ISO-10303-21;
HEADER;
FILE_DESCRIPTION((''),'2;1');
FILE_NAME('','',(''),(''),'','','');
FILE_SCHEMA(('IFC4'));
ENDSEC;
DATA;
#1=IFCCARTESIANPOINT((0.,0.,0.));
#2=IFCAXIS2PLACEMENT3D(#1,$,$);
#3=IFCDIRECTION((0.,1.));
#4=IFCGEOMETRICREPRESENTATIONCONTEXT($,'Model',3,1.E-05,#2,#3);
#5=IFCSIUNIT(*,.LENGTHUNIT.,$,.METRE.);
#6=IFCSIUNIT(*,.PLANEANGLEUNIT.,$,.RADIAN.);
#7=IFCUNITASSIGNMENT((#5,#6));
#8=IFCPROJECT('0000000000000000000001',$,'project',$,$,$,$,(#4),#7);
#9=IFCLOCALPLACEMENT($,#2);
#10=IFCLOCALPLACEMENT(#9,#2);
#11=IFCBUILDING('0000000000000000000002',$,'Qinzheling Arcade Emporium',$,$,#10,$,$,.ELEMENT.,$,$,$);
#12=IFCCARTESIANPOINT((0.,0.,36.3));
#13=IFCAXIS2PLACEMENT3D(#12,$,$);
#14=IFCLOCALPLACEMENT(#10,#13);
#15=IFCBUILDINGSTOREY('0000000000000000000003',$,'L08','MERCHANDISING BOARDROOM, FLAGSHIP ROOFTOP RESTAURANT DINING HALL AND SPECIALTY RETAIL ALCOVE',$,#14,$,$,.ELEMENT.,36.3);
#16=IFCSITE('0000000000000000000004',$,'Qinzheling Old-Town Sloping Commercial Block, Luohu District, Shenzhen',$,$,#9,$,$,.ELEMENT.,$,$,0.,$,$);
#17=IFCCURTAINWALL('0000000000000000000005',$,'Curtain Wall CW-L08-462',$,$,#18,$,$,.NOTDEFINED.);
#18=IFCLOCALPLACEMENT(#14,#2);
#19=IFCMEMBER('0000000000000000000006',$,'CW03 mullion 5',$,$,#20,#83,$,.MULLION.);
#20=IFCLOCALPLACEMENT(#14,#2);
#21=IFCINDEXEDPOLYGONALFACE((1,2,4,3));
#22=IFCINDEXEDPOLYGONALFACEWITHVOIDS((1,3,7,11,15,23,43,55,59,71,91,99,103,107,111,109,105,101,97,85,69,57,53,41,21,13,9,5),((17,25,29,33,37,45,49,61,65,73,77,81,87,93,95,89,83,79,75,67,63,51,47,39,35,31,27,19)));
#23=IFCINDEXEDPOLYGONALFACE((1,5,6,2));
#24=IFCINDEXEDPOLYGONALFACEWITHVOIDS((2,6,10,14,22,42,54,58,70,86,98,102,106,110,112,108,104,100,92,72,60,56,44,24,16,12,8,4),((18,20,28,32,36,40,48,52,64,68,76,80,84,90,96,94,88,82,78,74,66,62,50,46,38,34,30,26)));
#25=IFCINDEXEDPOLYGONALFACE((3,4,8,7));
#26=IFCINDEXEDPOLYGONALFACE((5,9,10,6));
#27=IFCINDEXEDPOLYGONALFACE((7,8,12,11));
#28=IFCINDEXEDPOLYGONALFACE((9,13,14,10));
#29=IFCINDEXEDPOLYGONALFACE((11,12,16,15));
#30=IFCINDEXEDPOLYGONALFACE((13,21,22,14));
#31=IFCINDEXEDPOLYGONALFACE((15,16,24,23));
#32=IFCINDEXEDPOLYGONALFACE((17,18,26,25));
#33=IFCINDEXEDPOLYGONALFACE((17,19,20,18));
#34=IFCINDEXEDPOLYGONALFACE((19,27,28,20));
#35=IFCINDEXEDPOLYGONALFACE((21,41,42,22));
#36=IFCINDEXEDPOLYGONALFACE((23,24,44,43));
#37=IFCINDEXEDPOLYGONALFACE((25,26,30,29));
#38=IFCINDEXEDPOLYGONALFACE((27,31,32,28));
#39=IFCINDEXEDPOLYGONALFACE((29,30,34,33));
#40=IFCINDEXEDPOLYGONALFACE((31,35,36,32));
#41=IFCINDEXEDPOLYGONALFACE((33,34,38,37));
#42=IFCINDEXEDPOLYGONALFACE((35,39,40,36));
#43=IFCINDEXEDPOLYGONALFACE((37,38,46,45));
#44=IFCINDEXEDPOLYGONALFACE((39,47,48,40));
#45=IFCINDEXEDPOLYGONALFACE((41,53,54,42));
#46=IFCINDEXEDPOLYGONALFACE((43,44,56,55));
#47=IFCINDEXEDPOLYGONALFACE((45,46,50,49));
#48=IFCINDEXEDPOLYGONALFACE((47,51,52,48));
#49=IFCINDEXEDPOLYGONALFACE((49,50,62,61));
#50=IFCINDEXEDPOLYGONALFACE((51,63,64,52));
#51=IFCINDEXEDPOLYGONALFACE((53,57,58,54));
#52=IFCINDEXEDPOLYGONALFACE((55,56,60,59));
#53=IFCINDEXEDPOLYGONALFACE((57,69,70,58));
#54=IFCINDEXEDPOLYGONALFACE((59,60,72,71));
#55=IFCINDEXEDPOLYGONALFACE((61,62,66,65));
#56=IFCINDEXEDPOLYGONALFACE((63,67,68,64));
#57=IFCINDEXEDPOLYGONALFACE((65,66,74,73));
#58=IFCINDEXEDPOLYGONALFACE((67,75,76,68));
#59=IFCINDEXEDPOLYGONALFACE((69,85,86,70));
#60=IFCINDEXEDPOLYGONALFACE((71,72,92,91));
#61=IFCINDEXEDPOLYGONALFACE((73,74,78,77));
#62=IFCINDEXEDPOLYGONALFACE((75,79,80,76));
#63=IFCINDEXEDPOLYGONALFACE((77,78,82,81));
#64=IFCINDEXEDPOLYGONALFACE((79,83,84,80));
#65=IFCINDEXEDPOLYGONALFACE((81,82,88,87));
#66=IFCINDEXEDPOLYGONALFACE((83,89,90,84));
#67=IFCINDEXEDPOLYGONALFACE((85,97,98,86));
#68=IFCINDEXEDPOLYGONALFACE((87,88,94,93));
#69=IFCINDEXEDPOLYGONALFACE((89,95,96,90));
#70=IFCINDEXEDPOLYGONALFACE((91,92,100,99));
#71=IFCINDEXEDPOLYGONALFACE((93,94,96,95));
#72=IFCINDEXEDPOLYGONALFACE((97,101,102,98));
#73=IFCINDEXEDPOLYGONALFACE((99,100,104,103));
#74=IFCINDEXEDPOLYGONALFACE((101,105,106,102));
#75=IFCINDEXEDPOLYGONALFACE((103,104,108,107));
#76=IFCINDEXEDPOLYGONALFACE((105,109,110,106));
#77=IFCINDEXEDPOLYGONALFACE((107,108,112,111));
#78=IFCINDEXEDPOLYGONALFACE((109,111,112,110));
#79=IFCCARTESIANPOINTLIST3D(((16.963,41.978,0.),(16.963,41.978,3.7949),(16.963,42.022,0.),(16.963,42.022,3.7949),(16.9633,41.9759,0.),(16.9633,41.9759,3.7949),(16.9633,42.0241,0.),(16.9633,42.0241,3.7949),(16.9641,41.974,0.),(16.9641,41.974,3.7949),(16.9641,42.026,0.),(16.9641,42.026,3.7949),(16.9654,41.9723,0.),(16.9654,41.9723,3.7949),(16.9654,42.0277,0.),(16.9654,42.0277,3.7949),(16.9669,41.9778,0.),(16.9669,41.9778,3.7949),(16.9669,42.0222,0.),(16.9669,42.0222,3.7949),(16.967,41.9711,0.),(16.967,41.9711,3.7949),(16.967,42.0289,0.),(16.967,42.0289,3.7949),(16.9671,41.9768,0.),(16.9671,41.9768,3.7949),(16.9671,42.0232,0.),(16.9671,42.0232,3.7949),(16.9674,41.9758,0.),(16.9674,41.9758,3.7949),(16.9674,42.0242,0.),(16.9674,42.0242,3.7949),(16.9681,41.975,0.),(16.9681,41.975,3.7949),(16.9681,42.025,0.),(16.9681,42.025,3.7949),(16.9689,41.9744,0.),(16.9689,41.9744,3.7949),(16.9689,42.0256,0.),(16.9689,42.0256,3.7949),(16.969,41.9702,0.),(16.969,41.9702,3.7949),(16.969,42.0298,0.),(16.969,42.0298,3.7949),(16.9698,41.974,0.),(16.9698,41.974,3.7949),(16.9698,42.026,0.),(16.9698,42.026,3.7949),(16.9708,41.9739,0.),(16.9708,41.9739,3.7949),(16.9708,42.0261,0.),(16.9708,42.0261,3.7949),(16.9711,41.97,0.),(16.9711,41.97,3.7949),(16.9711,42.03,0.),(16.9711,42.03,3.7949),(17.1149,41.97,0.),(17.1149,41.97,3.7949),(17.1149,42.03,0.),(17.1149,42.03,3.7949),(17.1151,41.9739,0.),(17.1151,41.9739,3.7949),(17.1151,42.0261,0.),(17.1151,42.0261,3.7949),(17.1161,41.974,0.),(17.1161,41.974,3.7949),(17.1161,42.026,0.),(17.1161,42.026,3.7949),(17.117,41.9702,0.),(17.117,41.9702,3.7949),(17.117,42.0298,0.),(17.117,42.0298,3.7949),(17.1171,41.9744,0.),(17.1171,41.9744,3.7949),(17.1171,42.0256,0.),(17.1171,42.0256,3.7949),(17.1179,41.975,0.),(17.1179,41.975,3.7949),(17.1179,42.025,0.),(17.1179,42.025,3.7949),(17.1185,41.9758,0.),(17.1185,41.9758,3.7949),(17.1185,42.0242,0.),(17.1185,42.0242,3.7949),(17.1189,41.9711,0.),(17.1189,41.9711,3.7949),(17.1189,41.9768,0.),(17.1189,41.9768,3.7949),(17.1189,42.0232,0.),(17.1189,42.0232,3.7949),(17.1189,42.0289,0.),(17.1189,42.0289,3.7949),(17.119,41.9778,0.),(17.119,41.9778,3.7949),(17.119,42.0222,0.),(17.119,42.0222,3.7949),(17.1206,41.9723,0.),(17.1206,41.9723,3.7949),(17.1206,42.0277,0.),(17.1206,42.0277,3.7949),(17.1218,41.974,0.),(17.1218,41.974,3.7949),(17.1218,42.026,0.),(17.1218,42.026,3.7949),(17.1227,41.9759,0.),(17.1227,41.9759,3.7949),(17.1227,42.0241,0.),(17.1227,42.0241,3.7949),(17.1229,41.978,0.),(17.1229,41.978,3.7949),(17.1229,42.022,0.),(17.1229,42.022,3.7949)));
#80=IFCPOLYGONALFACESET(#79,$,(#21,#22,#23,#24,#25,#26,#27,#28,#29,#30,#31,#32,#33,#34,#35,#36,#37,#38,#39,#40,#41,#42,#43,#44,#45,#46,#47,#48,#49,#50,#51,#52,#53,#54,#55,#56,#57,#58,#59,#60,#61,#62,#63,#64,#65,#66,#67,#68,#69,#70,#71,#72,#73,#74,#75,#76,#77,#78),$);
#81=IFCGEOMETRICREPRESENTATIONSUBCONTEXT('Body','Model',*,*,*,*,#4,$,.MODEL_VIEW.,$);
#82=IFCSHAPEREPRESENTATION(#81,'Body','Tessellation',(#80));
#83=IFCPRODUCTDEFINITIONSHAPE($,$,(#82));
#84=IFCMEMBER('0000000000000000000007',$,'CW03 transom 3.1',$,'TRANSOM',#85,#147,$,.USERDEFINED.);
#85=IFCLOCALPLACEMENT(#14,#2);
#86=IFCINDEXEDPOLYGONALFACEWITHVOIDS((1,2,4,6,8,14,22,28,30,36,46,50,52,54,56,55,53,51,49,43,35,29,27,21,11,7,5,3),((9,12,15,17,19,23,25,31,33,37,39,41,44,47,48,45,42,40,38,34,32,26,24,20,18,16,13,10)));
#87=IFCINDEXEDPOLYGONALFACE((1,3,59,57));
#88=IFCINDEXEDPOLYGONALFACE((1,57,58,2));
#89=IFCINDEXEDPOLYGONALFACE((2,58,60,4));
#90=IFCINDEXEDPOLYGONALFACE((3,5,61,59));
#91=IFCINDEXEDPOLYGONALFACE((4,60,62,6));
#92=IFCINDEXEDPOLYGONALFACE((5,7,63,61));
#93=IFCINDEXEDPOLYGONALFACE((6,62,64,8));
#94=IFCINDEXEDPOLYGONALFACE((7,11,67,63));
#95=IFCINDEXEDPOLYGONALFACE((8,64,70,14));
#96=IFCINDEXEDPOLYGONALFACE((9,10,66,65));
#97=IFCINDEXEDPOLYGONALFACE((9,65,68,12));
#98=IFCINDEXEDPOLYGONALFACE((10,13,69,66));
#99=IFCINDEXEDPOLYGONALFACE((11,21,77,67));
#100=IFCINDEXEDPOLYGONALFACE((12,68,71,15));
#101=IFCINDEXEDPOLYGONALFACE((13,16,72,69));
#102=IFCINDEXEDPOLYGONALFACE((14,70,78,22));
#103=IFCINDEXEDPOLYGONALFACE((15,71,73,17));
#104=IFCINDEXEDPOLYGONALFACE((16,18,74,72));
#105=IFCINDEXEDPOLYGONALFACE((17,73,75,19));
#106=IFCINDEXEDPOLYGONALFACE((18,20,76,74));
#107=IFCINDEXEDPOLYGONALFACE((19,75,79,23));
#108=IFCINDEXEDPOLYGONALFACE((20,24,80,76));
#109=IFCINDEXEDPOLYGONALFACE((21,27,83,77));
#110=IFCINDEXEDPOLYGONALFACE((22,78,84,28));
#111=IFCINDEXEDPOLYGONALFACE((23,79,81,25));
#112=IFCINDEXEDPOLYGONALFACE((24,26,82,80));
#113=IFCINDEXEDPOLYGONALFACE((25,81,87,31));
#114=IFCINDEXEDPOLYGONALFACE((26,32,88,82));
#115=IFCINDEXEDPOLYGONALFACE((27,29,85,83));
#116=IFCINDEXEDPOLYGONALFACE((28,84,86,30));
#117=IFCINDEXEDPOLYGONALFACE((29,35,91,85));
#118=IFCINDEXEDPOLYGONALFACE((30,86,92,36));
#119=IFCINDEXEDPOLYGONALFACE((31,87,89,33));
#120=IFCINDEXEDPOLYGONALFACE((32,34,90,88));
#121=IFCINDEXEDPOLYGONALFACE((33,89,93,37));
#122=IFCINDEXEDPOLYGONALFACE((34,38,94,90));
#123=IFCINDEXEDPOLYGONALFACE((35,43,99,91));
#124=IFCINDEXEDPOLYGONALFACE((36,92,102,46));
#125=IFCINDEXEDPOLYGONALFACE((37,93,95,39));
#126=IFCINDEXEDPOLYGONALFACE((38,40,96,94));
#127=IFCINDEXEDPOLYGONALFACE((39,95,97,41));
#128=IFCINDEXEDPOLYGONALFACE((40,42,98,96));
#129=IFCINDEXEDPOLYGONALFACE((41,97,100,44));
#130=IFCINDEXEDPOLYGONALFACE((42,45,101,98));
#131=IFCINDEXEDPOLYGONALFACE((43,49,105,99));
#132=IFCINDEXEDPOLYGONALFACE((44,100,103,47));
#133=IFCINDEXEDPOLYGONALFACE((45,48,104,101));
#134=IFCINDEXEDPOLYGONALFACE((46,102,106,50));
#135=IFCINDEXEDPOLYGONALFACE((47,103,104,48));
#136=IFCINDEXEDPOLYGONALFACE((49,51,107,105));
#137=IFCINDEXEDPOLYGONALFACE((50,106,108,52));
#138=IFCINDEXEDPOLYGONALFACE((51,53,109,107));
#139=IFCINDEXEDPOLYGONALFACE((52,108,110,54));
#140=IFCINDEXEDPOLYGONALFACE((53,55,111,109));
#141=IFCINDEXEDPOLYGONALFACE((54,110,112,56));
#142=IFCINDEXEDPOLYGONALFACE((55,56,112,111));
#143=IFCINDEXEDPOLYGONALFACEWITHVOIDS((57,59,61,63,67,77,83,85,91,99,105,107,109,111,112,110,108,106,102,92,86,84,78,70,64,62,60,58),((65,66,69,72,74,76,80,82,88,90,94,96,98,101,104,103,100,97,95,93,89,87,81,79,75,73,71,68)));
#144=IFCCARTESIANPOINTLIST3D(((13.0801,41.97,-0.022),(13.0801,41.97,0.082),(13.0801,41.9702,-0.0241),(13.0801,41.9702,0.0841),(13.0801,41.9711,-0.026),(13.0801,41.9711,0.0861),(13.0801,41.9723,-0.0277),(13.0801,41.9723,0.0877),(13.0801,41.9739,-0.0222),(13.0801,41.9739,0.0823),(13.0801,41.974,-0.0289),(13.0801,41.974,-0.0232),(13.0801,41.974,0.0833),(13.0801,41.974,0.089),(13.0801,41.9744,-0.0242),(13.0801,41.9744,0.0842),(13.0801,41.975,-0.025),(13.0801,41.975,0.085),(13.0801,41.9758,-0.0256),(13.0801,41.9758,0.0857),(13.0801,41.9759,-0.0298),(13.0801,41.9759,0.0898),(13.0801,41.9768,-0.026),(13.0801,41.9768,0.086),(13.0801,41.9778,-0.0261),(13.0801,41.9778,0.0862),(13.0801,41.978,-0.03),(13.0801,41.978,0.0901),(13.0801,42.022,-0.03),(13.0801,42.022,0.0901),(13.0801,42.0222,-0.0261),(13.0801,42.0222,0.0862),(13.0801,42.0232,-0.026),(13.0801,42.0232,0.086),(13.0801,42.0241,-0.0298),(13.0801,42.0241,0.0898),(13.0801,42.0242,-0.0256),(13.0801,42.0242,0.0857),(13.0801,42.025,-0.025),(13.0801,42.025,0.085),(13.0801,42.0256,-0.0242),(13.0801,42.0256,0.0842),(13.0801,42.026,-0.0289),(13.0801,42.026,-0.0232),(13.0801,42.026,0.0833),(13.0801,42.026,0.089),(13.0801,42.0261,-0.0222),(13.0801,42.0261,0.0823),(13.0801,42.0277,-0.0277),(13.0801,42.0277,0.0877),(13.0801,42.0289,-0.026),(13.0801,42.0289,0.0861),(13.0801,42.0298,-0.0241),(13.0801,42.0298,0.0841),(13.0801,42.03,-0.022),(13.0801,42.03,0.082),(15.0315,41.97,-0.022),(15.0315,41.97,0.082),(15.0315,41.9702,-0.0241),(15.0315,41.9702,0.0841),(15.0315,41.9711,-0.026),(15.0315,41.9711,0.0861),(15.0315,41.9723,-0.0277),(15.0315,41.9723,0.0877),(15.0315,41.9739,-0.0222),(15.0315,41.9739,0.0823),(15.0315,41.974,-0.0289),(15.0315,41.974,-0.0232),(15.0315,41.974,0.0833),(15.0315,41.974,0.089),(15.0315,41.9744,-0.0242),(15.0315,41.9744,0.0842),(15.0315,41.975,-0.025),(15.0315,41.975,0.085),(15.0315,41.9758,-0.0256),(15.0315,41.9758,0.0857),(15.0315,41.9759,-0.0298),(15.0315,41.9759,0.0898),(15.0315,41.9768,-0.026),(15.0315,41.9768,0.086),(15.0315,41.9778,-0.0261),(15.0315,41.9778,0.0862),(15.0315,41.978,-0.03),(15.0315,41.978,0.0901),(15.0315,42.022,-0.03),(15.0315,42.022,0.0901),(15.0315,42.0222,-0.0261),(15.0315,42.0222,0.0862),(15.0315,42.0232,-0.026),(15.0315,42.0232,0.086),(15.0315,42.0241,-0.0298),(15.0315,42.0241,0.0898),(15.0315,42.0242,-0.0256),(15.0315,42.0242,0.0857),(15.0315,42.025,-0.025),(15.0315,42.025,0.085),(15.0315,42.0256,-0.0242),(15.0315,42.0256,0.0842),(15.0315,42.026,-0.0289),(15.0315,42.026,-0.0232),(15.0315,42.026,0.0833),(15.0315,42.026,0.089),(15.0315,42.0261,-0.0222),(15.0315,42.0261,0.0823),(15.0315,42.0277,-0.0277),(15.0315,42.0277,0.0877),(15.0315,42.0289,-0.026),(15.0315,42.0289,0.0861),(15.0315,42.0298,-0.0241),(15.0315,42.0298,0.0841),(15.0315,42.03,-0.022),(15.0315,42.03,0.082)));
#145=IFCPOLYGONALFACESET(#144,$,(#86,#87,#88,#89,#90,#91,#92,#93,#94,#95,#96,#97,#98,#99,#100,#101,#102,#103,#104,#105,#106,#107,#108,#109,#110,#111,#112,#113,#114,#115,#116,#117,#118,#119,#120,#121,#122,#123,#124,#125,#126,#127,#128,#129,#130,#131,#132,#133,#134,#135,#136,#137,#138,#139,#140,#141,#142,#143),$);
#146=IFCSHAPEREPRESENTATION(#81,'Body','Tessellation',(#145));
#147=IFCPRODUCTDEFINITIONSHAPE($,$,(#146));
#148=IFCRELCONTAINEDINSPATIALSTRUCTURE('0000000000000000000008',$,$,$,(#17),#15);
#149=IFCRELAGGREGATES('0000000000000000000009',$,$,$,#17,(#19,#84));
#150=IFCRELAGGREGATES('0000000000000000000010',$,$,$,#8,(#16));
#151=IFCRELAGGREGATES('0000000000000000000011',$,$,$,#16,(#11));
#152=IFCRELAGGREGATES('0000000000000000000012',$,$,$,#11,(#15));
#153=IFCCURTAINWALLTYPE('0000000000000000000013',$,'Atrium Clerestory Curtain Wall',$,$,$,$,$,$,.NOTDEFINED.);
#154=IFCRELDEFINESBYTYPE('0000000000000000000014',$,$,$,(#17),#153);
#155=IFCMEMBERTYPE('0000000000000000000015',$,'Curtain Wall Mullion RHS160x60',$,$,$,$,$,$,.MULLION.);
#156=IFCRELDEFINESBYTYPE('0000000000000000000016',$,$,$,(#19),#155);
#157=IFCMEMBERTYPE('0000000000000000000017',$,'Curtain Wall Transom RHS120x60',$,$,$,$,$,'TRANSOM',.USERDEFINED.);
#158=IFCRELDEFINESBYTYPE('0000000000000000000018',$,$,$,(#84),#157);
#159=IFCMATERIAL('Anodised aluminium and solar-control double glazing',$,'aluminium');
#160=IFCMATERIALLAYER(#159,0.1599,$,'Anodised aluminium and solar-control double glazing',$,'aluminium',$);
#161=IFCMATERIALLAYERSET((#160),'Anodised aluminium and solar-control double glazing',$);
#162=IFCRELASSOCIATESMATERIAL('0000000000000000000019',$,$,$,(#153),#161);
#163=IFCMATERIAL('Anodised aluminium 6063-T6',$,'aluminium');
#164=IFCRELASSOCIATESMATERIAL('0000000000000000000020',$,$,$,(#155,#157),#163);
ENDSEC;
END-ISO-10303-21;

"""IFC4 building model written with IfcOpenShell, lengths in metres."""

from ifc_helpers import new_model, si_unit, direction, frame, origin, origin_2d, place, context, subcontext, project, spatial, hollow_rectangle, extrude, material, layer, layer_set, material_profile, profile_set, type_object, element, aggregate, save


model = new_model("IFC4")

# Units and contexts
model_context = context("Model", 3, precision=1e-05, world=origin(), true_north=direction((0.0, 1.0)))
body_context = subcontext(model_context, "Body", "Model", "MODEL_VIEW")
ifc_project = project(units=[si_unit("LENGTHUNIT", "METRE"), si_unit("PLANEANGLEUNIT", "RADIAN")], contexts=[model_context])

# Site, building, storey
site_placement = place(None, origin())
site = spatial("IfcSite", under=ifc_project, at=site_placement, Name="Qinzheling Old-Town Sloping Commercial Block, Luohu District, Shenzhen", CompositionType="ELEMENT", RefElevation=0.0)
building_placement = place(site_placement, origin())
building = spatial("IfcBuilding", under=site, at=building_placement, Name="Qinzheling Arcade Emporium", CompositionType="ELEMENT")
storey_placement = place(building_placement, frame((0.0, 0.0, 36.3)))
storey = spatial("IfcBuildingStorey", under=building, at=storey_placement, Name="L08", Description="MERCHANDISING BOARDROOM, FLAGSHIP ROOFTOP RESTAURANT DINING HALL AND SPECIALTY RETAIL ALCOVE", CompositionType="ELEMENT", Elevation=36.3)

# Curtain wall, members
ifc_material_1 = material(Name="Anodised aluminium and solar-control double glazing", Category="aluminium")
ifc_layer_1 = layer(ifc_material_1, 0.1599, Name="Anodised aluminium and solar-control double glazing", Category="aluminium")
ifc_layer_set_1 = layer_set([ifc_layer_1], Name="Anodised aluminium and solar-control double glazing")
curtain_wall_type = type_object("IfcCurtainWallType", Name="Atrium Clerestory Curtain Wall", PredefinedType="NOTDEFINED", material=ifc_layer_set_1)
curtain_wall_placement = place(storey_placement, origin())
curtain_wall = element("IfcCurtainWall", 1, at=curtain_wall_placement, inside=storey, type_object=curtain_wall_type, Name="Curtain Wall CW-L08-462", PredefinedType="NOTDEFINED")
ifc_material_2 = material(Name="Anodised aluminium 6063-T6", Category="aluminium")
ifc_material_profile_1 = material_profile(ifc_material_2, hollow_rectangle(XDim=0.0601, YDim=0.1599, WallThickness=0.0039, InnerFilletRadius=0.0039, OuterFilletRadius=0.0081, at=origin_2d()), Name="RHS 160x60x4", Category="aluminium")
ifc_profile_set_1 = profile_set([ifc_material_profile_1], Name="Anodised aluminium 6063-T6")
member_type_1 = type_object("IfcMemberType", Name="Curtain Wall Mullion RHS160x60", PredefinedType="MULLION", material=ifc_profile_set_1)
member_1_placement = place(storey_placement, frame((17.043, 42.0, 0.0), z_axis=(0.0, 0.0, 1.0), x_axis=(0.0, 1.0, 0.0)))
member_1 = element("IfcMember", 2, at=member_1_placement, type_object=member_type_1, Name="CW03 mullion 5", PredefinedType="MULLION", context=body_context, shape_type="SweptSolid", body=[
    extrude(hollow_rectangle(XDim=0.0601, YDim=0.1599, WallThickness=0.0039, InnerFilletRadius=0.0039, OuterFilletRadius=0.0081, at=origin_2d()), origin(), (0.0, 0.0, 1.0), 3.7949),
])
ifc_material_profile_2 = material_profile(ifc_material_2, hollow_rectangle(XDim=0.0601, YDim=0.1201, WallThickness=0.0039, InnerFilletRadius=0.0039, OuterFilletRadius=0.0081, at=origin_2d()), Name="RHS 120x60x4", Category="aluminium")
ifc_profile_set_2 = profile_set([ifc_material_profile_2], Name="Anodised aluminium 6063-T6")
member_type_2 = type_object("IfcMemberType", Name="Curtain Wall Transom RHS120x60", ElementType="TRANSOM", PredefinedType="USERDEFINED", material=ifc_profile_set_2)
member_2_placement = place(storey_placement, frame((13.0801, 42.0, 0.03), z_axis=(1.0, 0.0, 0.0), x_axis=(0.0, 1.0, 0.0)))
member_2 = element("IfcMember", 3, at=member_2_placement, type_object=member_type_2, Name="CW03 transom 3.1", ObjectType="TRANSOM", PredefinedType="USERDEFINED", context=body_context, shape_type="SweptSolid", body=[
    extrude(hollow_rectangle(XDim=0.0601, YDim=0.1201, WallThickness=0.0039, InnerFilletRadius=0.0039, OuterFilletRadius=0.0081, at=origin_2d()), origin(), (0.0, 0.0, 1.0), 1.9514),
])

aggregate(curtain_wall, [member_1, member_2])

save(model, "model.ifc")
